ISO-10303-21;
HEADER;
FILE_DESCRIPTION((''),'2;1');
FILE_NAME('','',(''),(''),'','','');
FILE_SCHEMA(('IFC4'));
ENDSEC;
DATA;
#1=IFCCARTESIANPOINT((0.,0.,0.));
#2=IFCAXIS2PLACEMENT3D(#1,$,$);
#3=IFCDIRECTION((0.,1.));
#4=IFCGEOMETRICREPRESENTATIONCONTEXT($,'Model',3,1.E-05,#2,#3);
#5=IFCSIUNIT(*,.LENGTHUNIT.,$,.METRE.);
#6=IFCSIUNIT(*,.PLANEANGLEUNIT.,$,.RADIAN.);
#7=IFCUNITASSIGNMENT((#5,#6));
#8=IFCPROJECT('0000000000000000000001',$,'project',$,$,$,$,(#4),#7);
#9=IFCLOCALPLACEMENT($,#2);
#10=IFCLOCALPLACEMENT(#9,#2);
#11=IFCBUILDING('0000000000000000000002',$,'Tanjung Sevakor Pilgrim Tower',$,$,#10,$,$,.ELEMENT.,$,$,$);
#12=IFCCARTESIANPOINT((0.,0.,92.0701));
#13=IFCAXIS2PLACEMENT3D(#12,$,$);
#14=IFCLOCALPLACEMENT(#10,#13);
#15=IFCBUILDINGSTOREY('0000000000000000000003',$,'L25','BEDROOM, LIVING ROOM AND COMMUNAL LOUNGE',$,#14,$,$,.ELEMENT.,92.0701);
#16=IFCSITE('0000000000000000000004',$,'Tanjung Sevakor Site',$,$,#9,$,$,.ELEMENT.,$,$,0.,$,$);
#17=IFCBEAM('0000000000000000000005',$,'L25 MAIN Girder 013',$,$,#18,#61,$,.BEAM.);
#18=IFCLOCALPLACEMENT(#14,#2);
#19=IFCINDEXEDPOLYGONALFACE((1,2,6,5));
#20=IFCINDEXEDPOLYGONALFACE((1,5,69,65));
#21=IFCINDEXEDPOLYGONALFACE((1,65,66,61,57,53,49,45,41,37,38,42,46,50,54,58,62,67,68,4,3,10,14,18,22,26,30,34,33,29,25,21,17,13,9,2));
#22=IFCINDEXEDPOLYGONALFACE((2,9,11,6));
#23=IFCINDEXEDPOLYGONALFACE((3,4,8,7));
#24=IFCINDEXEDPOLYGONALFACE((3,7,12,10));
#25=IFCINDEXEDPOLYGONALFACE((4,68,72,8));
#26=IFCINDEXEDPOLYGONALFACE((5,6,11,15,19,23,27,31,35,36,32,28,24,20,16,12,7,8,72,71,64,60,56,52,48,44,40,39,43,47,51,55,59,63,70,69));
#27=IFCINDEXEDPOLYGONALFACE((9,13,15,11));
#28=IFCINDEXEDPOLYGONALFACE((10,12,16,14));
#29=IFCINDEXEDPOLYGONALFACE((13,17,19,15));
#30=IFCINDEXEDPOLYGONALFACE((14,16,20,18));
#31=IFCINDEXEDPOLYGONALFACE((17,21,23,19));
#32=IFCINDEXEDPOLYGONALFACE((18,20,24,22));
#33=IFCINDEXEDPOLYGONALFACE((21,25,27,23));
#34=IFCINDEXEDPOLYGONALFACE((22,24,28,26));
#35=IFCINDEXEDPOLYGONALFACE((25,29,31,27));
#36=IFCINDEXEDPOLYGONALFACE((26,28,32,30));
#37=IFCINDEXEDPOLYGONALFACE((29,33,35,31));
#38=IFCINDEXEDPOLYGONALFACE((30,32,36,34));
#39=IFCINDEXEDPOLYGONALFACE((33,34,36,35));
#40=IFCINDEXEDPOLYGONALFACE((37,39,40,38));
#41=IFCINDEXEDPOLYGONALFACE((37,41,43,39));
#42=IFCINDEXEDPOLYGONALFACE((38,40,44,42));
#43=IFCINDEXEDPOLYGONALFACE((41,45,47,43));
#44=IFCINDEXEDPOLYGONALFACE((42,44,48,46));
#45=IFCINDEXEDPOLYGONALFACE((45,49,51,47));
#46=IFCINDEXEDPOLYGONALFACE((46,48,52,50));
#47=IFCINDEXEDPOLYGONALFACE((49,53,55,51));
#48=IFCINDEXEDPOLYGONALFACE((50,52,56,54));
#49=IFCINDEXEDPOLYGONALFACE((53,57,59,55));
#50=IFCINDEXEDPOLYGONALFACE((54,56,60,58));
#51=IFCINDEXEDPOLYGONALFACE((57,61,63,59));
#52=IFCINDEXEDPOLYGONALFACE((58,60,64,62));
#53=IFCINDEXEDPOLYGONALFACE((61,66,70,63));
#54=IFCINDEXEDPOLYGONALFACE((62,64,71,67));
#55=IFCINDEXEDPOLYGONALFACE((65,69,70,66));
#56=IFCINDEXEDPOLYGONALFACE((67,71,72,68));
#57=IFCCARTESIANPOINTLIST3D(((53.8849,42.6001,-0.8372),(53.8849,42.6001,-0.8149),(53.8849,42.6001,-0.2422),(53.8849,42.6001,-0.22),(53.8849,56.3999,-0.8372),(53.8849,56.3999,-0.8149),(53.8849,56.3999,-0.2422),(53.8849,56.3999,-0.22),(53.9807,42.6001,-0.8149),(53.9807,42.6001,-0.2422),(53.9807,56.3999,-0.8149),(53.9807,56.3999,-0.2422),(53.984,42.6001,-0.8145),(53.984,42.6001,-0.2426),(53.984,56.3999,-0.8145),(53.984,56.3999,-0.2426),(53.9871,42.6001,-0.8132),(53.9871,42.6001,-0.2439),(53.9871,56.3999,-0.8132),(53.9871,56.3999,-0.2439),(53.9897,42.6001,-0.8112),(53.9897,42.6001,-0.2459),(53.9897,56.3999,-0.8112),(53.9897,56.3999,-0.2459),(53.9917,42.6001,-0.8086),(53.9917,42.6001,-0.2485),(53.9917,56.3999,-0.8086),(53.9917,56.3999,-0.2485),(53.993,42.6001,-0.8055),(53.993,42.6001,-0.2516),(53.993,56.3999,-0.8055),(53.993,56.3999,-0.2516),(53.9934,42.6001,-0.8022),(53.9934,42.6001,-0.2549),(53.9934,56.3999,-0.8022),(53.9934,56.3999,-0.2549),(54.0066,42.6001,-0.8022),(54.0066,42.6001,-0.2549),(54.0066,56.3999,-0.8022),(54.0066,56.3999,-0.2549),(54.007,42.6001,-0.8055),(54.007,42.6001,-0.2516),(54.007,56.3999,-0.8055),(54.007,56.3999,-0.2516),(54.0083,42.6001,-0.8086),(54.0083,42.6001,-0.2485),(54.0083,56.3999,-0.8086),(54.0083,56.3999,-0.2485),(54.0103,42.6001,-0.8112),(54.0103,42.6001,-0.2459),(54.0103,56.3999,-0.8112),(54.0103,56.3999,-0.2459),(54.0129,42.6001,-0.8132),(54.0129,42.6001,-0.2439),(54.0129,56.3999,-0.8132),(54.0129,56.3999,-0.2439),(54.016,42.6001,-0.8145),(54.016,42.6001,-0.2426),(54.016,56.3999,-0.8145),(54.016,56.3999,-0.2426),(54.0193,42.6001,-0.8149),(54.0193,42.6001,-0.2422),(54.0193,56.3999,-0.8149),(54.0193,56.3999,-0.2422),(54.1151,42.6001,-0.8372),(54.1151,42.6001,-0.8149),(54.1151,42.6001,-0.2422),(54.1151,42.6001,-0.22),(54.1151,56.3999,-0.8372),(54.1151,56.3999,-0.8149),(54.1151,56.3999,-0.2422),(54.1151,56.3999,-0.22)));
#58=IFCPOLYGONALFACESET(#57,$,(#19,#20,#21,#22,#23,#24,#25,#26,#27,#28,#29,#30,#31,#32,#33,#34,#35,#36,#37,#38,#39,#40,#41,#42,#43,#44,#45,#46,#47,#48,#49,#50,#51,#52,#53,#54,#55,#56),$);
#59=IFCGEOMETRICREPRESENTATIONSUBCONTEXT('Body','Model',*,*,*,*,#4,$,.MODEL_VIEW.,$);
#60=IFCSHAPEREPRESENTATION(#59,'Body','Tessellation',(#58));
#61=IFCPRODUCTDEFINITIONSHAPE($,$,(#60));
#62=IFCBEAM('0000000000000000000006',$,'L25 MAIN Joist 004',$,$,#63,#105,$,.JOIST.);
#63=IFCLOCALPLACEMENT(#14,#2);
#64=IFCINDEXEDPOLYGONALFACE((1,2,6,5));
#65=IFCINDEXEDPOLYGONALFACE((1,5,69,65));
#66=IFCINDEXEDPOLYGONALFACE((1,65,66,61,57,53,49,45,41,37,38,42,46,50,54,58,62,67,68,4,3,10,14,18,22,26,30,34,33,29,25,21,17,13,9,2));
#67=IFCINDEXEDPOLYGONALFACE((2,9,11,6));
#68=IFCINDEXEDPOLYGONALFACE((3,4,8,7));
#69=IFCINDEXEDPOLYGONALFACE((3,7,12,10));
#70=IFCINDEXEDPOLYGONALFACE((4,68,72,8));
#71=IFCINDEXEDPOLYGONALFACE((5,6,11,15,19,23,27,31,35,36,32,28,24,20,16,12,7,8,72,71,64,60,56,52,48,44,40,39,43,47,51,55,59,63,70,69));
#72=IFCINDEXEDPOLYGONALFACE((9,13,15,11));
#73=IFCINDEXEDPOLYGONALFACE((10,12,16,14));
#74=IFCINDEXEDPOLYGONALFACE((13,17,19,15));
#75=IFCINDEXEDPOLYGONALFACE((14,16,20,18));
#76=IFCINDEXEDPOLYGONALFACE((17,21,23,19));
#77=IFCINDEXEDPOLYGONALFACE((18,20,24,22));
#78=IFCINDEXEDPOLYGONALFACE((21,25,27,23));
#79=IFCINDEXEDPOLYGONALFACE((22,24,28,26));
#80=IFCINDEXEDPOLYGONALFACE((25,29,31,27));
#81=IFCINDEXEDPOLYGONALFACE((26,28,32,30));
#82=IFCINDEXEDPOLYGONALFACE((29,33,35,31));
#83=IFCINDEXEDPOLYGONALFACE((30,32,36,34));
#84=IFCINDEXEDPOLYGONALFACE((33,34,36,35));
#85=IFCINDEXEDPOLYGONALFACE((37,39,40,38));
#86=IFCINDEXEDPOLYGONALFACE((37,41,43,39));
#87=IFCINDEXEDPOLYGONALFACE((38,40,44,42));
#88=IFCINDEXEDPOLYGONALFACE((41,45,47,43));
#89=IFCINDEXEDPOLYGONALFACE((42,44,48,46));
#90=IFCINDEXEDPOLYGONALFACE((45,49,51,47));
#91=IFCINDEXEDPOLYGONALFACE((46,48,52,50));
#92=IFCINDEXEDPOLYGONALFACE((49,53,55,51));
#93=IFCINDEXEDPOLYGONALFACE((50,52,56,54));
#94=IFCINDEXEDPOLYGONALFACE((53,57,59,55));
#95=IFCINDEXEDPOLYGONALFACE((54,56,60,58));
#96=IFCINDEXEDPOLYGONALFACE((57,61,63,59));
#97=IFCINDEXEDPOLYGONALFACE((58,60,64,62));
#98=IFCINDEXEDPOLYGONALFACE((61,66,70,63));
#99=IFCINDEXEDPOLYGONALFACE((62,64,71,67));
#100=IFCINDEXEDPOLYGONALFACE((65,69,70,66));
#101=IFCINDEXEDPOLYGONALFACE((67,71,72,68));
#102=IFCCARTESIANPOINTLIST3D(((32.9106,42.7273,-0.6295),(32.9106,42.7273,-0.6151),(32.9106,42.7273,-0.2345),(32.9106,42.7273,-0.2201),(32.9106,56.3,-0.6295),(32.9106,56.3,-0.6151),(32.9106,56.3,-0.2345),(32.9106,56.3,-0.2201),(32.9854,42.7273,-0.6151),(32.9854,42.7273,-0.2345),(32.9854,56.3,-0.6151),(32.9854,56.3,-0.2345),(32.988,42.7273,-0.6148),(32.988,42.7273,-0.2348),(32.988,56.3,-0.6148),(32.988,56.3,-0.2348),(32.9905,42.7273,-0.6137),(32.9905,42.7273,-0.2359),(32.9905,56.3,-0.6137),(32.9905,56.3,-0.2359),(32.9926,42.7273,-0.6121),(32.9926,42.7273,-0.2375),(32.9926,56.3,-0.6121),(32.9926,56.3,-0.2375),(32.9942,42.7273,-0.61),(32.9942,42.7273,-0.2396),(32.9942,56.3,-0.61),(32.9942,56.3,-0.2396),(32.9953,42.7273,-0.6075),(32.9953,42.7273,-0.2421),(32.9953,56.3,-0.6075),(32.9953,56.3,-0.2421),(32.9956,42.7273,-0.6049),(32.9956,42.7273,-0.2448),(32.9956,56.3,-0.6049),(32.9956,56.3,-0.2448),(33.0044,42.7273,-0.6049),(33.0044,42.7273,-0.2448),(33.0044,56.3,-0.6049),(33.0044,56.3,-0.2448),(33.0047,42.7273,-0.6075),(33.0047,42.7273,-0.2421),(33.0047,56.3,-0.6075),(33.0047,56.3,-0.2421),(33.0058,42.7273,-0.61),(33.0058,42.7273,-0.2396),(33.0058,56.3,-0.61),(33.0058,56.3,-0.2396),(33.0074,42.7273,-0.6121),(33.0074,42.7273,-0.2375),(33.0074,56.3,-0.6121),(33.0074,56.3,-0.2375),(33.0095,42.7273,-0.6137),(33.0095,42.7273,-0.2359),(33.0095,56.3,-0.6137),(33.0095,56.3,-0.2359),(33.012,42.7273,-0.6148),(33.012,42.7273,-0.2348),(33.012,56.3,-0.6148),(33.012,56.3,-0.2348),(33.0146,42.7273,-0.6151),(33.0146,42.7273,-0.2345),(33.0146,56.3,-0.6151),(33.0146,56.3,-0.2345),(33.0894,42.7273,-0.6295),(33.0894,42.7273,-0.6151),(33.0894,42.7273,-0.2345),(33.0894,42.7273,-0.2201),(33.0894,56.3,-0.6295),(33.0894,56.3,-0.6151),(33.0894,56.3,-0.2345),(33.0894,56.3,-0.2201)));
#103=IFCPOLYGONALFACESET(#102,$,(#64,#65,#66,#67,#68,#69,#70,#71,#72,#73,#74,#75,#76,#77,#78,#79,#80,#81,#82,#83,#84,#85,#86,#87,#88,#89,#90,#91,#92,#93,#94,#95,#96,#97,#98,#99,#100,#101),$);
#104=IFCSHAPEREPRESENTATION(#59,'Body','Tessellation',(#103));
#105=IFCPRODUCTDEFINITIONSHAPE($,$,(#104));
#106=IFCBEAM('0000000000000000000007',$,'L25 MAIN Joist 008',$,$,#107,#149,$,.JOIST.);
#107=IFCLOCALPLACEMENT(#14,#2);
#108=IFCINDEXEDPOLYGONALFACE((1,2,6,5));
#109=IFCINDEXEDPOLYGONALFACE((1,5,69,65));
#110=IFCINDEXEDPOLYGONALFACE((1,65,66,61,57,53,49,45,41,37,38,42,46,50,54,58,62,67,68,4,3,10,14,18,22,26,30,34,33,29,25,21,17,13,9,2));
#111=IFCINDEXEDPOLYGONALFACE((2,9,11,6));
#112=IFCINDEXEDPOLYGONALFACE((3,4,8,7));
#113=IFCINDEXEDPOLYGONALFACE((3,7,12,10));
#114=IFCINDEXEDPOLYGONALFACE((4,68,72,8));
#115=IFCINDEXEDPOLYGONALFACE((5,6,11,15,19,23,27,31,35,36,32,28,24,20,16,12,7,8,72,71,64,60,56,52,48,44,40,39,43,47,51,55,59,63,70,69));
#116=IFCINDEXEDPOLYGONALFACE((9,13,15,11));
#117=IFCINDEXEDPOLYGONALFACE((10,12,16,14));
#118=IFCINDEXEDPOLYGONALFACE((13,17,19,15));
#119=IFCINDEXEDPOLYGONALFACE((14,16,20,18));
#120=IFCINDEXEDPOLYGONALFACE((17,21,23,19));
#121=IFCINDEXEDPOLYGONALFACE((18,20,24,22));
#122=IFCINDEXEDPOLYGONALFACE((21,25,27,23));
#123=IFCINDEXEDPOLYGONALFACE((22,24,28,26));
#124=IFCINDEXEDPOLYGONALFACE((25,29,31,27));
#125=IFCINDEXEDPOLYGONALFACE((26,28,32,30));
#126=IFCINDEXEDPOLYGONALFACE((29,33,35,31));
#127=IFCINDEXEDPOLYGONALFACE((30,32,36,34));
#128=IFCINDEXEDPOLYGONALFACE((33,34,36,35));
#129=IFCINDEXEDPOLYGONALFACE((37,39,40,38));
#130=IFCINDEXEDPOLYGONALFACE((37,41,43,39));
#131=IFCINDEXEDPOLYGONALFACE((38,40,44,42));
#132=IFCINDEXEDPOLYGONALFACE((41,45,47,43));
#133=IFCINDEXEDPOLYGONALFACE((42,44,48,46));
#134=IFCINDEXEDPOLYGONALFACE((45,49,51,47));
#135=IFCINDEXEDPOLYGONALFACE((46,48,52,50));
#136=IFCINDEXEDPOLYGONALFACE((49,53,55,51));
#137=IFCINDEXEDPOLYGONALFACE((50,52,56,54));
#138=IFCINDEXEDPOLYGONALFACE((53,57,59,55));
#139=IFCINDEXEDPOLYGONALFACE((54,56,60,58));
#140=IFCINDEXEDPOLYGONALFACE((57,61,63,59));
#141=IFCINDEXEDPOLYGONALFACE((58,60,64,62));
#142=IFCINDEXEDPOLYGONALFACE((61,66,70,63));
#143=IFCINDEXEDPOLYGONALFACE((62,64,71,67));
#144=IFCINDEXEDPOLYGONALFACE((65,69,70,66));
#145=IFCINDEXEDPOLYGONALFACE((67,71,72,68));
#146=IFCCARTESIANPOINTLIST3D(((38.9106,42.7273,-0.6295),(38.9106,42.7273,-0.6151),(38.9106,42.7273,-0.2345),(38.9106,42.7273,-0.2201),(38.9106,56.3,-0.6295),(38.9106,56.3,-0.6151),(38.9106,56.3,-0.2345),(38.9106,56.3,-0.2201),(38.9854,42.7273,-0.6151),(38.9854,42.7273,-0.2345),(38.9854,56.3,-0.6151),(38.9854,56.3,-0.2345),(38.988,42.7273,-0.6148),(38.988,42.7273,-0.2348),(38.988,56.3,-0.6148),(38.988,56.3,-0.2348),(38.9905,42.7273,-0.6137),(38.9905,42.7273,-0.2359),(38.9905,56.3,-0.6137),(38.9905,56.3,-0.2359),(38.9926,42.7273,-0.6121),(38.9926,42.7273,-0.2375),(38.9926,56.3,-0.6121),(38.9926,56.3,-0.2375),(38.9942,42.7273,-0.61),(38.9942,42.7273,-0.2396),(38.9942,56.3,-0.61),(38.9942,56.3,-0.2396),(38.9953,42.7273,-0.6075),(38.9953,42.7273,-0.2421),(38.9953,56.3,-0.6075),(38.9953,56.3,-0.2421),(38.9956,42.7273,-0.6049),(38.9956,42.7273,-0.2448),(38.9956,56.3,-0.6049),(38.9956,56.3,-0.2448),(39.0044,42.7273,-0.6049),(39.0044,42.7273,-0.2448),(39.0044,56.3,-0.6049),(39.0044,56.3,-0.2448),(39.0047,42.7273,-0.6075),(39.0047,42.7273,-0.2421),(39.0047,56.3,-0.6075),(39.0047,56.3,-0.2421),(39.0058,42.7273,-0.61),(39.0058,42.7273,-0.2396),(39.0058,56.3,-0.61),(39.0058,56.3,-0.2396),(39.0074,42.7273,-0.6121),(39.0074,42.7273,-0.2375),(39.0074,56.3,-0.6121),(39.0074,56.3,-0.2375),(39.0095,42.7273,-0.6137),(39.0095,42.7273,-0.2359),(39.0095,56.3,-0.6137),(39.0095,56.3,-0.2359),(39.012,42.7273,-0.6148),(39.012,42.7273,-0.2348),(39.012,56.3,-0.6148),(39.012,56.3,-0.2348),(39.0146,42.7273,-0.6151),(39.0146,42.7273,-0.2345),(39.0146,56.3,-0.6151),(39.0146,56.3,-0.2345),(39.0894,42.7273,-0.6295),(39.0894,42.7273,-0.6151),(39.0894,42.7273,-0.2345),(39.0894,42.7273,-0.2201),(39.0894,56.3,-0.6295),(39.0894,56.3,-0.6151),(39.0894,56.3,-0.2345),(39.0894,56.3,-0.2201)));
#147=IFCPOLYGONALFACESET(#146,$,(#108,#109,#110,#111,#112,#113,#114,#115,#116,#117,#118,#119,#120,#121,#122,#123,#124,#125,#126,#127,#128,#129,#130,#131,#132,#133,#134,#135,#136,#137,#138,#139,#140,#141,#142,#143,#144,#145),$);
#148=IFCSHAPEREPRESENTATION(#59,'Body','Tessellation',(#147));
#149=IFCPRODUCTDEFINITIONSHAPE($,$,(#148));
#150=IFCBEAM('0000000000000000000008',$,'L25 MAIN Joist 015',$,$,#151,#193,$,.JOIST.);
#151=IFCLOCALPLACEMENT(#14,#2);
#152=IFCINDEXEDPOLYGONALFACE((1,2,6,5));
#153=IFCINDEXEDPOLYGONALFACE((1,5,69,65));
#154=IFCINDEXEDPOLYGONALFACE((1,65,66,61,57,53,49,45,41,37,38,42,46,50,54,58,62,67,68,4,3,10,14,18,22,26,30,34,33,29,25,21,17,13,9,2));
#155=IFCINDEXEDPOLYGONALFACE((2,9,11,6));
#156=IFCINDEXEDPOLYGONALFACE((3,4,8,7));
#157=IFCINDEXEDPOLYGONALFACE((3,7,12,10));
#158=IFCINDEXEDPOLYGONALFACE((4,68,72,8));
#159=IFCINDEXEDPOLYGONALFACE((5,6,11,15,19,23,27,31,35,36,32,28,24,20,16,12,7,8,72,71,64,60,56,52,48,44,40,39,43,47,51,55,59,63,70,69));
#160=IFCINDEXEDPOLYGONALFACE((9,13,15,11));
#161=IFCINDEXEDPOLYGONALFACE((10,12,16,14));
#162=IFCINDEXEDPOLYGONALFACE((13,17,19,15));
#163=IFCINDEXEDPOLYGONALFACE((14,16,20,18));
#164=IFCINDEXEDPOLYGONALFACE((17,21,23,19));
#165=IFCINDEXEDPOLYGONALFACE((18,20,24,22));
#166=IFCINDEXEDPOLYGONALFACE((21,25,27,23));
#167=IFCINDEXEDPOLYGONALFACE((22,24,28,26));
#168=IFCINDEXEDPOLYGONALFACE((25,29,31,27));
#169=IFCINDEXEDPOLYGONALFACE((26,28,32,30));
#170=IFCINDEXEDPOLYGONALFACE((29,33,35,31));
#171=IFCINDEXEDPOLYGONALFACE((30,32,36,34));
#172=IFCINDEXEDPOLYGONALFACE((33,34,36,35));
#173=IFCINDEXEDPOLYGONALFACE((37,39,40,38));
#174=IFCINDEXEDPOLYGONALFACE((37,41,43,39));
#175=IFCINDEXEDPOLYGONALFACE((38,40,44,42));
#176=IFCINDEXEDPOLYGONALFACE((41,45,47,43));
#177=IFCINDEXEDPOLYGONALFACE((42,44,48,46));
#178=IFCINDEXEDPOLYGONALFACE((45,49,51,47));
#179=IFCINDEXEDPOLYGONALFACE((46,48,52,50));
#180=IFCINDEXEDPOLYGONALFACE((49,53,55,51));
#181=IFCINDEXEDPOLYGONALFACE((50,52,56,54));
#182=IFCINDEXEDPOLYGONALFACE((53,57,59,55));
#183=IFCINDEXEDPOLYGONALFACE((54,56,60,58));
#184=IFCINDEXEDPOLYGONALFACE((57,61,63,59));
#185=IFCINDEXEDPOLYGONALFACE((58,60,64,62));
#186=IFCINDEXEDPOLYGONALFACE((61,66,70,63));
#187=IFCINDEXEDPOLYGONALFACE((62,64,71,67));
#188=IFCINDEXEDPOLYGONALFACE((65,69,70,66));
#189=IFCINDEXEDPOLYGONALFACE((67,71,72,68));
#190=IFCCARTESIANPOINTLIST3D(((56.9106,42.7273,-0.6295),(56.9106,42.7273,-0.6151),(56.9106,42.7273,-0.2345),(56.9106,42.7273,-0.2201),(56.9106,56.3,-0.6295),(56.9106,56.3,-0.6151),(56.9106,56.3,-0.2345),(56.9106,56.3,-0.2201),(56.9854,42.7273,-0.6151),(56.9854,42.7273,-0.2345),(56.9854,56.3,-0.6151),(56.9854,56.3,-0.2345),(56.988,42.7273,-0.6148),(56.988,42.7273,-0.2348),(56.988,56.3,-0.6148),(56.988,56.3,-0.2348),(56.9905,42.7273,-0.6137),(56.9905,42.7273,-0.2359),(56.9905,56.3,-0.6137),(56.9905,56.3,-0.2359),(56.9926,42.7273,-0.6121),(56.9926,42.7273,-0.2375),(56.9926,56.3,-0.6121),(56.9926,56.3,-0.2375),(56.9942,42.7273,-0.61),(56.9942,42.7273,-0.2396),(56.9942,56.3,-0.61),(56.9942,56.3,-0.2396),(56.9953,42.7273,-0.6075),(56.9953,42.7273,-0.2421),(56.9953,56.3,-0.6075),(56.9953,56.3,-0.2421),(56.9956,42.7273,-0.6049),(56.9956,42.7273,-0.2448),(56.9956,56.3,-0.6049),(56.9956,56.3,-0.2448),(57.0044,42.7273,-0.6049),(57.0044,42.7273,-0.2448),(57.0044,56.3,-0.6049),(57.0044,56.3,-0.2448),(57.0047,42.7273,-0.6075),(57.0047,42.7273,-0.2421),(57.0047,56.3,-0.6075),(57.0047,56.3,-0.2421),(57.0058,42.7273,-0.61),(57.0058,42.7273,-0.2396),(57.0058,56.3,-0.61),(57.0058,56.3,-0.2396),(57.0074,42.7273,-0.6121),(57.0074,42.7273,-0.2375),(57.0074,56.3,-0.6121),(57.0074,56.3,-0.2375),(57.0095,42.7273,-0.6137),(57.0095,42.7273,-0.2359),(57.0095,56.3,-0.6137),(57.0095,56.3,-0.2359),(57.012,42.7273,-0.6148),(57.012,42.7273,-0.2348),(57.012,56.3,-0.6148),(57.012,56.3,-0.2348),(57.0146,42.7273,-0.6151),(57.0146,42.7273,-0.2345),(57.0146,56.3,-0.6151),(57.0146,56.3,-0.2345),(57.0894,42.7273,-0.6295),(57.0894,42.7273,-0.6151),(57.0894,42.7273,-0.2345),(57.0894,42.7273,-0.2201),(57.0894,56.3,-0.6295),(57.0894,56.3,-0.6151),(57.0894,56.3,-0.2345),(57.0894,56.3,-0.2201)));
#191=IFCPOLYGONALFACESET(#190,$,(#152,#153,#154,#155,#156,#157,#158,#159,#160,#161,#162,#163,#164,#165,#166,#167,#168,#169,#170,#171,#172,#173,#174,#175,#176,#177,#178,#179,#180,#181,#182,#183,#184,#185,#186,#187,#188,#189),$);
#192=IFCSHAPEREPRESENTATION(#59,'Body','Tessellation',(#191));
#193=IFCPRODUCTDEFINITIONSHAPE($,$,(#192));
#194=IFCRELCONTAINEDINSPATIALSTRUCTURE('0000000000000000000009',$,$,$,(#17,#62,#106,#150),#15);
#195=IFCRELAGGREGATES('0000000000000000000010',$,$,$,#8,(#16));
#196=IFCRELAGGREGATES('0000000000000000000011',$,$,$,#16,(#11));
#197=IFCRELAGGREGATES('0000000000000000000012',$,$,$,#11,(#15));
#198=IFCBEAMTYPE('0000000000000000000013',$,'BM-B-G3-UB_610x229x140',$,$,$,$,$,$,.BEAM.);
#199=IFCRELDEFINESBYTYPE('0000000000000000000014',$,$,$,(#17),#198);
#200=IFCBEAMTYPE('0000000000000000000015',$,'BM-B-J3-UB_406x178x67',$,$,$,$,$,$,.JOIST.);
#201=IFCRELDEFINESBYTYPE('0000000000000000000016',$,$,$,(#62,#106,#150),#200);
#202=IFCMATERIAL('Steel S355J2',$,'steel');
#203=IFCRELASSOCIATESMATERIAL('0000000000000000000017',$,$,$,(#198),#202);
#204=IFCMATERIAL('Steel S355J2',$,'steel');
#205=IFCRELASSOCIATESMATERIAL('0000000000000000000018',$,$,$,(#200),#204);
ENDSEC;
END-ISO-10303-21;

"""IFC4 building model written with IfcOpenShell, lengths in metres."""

from ifc_helpers import new_model, si_unit, direction, frame, origin, origin_2d, place, context, subcontext, project, spatial, i_section, extrude, material, material_profile, profile_set, type_object, element, save


model = new_model("IFC4")

# Units and contexts
model_context = context("Model", 3, precision=1e-05, world=origin(), true_north=direction((0.0, 1.0)))
body_context = subcontext(model_context, "Body", "Model", "MODEL_VIEW")
ifc_project = project(units=[si_unit("LENGTHUNIT", "METRE"), si_unit("PLANEANGLEUNIT", "RADIAN")], contexts=[model_context])

# Site, building, storey
site_placement = place(None, origin())
site = spatial("IfcSite", under=ifc_project, at=site_placement, Name="Tanjung Sevakor Site", CompositionType="ELEMENT", RefElevation=0.0)
building_placement = place(site_placement, origin())
building = spatial("IfcBuilding", under=site, at=building_placement, Name="Tanjung Sevakor Pilgrim Tower", CompositionType="ELEMENT")
storey_placement = place(building_placement, frame((0.0, 0.0, 92.0701)))
storey = spatial("IfcBuildingStorey", under=building, at=storey_placement, Name="L25", Description="BEDROOM, LIVING ROOM AND COMMUNAL LOUNGE", CompositionType="ELEMENT", Elevation=92.0701)

# Beams
ifc_material_1 = material(Name="Steel S355J2", Category="steel")
ifc_material_profile_1 = material_profile(ifc_material_1, i_section(OverallWidth=0.2302, OverallDepth=0.6172, WebThickness=0.0132, FlangeThickness=0.0222, FilletRadius=0.0127, at=origin_2d()))
ifc_profile_set_1 = profile_set([ifc_material_profile_1], Name="Steel S355J2")
beam_type_1 = type_object("IfcBeamType", Name="BM-B-G3-UB_610x229x140", PredefinedType="BEAM", material=ifc_profile_set_1)
for number, where, z_axis, x_axis, name in (
    (1, (54.0, 42.6001, -0.5286), (0.0, 1.0, 0.0), (-1.0, 0.0, 0.0), "L25 MAIN Girder 013"),
):
    element("IfcBeam", number, at=place(storey_placement, frame(where, z_axis=z_axis, x_axis=x_axis)), inside=storey, type_object=beam_type_1, Name=name, PredefinedType="BEAM", context=body_context, shape_type="SweptSolid", body=[
        extrude(i_section(OverallWidth=0.2302, OverallDepth=0.6172, WebThickness=0.0132, FlangeThickness=0.0222, FilletRadius=0.0127, at=origin_2d()), origin(), (0.0, 0.0, 1.0), 13.7998),
    ])
ifc_material_2 = material(Name="Steel S355J2", Category="steel")
ifc_material_profile_2 = material_profile(ifc_material_2, i_section(OverallWidth=0.1787, OverallDepth=0.4094, WebThickness=0.0088, FlangeThickness=0.0144, FilletRadius=0.0103, at=origin_2d()))
ifc_profile_set_2 = profile_set([ifc_material_profile_2], Name="Steel S355J2")
beam_type_2 = type_object("IfcBeamType", Name="BM-B-J3-UB_406x178x67", PredefinedType="JOIST", material=ifc_profile_set_2)
for number, where, z_axis, x_axis, name in (
    (2, (33.0, 42.7273, -0.4248), (0.0, 1.0, 0.0), (-1.0, 0.0, 0.0), "L25 MAIN Joist 004"),
    (3, (39.0, 42.7273, -0.4248), (0.0, 1.0, 0.0), (-1.0, 0.0, 0.0), "L25 MAIN Joist 008"),
    (4, (57.0, 42.7273, -0.4248), (0.0, 1.0, 0.0), (-1.0, 0.0, 0.0), "L25 MAIN Joist 015"),
):
    element("IfcBeam", number, at=place(storey_placement, frame(where, z_axis=z_axis, x_axis=x_axis)), inside=storey, type_object=beam_type_2, Name=name, PredefinedType="JOIST", context=body_context, shape_type="SweptSolid", body=[
        extrude(i_section(OverallWidth=0.1787, OverallDepth=0.4094, WebThickness=0.0088, FlangeThickness=0.0144, FilletRadius=0.0103, at=origin_2d()), origin(), (0.0, 0.0, 1.0), 13.5728),
    ])

save(model, "model.ifc")
